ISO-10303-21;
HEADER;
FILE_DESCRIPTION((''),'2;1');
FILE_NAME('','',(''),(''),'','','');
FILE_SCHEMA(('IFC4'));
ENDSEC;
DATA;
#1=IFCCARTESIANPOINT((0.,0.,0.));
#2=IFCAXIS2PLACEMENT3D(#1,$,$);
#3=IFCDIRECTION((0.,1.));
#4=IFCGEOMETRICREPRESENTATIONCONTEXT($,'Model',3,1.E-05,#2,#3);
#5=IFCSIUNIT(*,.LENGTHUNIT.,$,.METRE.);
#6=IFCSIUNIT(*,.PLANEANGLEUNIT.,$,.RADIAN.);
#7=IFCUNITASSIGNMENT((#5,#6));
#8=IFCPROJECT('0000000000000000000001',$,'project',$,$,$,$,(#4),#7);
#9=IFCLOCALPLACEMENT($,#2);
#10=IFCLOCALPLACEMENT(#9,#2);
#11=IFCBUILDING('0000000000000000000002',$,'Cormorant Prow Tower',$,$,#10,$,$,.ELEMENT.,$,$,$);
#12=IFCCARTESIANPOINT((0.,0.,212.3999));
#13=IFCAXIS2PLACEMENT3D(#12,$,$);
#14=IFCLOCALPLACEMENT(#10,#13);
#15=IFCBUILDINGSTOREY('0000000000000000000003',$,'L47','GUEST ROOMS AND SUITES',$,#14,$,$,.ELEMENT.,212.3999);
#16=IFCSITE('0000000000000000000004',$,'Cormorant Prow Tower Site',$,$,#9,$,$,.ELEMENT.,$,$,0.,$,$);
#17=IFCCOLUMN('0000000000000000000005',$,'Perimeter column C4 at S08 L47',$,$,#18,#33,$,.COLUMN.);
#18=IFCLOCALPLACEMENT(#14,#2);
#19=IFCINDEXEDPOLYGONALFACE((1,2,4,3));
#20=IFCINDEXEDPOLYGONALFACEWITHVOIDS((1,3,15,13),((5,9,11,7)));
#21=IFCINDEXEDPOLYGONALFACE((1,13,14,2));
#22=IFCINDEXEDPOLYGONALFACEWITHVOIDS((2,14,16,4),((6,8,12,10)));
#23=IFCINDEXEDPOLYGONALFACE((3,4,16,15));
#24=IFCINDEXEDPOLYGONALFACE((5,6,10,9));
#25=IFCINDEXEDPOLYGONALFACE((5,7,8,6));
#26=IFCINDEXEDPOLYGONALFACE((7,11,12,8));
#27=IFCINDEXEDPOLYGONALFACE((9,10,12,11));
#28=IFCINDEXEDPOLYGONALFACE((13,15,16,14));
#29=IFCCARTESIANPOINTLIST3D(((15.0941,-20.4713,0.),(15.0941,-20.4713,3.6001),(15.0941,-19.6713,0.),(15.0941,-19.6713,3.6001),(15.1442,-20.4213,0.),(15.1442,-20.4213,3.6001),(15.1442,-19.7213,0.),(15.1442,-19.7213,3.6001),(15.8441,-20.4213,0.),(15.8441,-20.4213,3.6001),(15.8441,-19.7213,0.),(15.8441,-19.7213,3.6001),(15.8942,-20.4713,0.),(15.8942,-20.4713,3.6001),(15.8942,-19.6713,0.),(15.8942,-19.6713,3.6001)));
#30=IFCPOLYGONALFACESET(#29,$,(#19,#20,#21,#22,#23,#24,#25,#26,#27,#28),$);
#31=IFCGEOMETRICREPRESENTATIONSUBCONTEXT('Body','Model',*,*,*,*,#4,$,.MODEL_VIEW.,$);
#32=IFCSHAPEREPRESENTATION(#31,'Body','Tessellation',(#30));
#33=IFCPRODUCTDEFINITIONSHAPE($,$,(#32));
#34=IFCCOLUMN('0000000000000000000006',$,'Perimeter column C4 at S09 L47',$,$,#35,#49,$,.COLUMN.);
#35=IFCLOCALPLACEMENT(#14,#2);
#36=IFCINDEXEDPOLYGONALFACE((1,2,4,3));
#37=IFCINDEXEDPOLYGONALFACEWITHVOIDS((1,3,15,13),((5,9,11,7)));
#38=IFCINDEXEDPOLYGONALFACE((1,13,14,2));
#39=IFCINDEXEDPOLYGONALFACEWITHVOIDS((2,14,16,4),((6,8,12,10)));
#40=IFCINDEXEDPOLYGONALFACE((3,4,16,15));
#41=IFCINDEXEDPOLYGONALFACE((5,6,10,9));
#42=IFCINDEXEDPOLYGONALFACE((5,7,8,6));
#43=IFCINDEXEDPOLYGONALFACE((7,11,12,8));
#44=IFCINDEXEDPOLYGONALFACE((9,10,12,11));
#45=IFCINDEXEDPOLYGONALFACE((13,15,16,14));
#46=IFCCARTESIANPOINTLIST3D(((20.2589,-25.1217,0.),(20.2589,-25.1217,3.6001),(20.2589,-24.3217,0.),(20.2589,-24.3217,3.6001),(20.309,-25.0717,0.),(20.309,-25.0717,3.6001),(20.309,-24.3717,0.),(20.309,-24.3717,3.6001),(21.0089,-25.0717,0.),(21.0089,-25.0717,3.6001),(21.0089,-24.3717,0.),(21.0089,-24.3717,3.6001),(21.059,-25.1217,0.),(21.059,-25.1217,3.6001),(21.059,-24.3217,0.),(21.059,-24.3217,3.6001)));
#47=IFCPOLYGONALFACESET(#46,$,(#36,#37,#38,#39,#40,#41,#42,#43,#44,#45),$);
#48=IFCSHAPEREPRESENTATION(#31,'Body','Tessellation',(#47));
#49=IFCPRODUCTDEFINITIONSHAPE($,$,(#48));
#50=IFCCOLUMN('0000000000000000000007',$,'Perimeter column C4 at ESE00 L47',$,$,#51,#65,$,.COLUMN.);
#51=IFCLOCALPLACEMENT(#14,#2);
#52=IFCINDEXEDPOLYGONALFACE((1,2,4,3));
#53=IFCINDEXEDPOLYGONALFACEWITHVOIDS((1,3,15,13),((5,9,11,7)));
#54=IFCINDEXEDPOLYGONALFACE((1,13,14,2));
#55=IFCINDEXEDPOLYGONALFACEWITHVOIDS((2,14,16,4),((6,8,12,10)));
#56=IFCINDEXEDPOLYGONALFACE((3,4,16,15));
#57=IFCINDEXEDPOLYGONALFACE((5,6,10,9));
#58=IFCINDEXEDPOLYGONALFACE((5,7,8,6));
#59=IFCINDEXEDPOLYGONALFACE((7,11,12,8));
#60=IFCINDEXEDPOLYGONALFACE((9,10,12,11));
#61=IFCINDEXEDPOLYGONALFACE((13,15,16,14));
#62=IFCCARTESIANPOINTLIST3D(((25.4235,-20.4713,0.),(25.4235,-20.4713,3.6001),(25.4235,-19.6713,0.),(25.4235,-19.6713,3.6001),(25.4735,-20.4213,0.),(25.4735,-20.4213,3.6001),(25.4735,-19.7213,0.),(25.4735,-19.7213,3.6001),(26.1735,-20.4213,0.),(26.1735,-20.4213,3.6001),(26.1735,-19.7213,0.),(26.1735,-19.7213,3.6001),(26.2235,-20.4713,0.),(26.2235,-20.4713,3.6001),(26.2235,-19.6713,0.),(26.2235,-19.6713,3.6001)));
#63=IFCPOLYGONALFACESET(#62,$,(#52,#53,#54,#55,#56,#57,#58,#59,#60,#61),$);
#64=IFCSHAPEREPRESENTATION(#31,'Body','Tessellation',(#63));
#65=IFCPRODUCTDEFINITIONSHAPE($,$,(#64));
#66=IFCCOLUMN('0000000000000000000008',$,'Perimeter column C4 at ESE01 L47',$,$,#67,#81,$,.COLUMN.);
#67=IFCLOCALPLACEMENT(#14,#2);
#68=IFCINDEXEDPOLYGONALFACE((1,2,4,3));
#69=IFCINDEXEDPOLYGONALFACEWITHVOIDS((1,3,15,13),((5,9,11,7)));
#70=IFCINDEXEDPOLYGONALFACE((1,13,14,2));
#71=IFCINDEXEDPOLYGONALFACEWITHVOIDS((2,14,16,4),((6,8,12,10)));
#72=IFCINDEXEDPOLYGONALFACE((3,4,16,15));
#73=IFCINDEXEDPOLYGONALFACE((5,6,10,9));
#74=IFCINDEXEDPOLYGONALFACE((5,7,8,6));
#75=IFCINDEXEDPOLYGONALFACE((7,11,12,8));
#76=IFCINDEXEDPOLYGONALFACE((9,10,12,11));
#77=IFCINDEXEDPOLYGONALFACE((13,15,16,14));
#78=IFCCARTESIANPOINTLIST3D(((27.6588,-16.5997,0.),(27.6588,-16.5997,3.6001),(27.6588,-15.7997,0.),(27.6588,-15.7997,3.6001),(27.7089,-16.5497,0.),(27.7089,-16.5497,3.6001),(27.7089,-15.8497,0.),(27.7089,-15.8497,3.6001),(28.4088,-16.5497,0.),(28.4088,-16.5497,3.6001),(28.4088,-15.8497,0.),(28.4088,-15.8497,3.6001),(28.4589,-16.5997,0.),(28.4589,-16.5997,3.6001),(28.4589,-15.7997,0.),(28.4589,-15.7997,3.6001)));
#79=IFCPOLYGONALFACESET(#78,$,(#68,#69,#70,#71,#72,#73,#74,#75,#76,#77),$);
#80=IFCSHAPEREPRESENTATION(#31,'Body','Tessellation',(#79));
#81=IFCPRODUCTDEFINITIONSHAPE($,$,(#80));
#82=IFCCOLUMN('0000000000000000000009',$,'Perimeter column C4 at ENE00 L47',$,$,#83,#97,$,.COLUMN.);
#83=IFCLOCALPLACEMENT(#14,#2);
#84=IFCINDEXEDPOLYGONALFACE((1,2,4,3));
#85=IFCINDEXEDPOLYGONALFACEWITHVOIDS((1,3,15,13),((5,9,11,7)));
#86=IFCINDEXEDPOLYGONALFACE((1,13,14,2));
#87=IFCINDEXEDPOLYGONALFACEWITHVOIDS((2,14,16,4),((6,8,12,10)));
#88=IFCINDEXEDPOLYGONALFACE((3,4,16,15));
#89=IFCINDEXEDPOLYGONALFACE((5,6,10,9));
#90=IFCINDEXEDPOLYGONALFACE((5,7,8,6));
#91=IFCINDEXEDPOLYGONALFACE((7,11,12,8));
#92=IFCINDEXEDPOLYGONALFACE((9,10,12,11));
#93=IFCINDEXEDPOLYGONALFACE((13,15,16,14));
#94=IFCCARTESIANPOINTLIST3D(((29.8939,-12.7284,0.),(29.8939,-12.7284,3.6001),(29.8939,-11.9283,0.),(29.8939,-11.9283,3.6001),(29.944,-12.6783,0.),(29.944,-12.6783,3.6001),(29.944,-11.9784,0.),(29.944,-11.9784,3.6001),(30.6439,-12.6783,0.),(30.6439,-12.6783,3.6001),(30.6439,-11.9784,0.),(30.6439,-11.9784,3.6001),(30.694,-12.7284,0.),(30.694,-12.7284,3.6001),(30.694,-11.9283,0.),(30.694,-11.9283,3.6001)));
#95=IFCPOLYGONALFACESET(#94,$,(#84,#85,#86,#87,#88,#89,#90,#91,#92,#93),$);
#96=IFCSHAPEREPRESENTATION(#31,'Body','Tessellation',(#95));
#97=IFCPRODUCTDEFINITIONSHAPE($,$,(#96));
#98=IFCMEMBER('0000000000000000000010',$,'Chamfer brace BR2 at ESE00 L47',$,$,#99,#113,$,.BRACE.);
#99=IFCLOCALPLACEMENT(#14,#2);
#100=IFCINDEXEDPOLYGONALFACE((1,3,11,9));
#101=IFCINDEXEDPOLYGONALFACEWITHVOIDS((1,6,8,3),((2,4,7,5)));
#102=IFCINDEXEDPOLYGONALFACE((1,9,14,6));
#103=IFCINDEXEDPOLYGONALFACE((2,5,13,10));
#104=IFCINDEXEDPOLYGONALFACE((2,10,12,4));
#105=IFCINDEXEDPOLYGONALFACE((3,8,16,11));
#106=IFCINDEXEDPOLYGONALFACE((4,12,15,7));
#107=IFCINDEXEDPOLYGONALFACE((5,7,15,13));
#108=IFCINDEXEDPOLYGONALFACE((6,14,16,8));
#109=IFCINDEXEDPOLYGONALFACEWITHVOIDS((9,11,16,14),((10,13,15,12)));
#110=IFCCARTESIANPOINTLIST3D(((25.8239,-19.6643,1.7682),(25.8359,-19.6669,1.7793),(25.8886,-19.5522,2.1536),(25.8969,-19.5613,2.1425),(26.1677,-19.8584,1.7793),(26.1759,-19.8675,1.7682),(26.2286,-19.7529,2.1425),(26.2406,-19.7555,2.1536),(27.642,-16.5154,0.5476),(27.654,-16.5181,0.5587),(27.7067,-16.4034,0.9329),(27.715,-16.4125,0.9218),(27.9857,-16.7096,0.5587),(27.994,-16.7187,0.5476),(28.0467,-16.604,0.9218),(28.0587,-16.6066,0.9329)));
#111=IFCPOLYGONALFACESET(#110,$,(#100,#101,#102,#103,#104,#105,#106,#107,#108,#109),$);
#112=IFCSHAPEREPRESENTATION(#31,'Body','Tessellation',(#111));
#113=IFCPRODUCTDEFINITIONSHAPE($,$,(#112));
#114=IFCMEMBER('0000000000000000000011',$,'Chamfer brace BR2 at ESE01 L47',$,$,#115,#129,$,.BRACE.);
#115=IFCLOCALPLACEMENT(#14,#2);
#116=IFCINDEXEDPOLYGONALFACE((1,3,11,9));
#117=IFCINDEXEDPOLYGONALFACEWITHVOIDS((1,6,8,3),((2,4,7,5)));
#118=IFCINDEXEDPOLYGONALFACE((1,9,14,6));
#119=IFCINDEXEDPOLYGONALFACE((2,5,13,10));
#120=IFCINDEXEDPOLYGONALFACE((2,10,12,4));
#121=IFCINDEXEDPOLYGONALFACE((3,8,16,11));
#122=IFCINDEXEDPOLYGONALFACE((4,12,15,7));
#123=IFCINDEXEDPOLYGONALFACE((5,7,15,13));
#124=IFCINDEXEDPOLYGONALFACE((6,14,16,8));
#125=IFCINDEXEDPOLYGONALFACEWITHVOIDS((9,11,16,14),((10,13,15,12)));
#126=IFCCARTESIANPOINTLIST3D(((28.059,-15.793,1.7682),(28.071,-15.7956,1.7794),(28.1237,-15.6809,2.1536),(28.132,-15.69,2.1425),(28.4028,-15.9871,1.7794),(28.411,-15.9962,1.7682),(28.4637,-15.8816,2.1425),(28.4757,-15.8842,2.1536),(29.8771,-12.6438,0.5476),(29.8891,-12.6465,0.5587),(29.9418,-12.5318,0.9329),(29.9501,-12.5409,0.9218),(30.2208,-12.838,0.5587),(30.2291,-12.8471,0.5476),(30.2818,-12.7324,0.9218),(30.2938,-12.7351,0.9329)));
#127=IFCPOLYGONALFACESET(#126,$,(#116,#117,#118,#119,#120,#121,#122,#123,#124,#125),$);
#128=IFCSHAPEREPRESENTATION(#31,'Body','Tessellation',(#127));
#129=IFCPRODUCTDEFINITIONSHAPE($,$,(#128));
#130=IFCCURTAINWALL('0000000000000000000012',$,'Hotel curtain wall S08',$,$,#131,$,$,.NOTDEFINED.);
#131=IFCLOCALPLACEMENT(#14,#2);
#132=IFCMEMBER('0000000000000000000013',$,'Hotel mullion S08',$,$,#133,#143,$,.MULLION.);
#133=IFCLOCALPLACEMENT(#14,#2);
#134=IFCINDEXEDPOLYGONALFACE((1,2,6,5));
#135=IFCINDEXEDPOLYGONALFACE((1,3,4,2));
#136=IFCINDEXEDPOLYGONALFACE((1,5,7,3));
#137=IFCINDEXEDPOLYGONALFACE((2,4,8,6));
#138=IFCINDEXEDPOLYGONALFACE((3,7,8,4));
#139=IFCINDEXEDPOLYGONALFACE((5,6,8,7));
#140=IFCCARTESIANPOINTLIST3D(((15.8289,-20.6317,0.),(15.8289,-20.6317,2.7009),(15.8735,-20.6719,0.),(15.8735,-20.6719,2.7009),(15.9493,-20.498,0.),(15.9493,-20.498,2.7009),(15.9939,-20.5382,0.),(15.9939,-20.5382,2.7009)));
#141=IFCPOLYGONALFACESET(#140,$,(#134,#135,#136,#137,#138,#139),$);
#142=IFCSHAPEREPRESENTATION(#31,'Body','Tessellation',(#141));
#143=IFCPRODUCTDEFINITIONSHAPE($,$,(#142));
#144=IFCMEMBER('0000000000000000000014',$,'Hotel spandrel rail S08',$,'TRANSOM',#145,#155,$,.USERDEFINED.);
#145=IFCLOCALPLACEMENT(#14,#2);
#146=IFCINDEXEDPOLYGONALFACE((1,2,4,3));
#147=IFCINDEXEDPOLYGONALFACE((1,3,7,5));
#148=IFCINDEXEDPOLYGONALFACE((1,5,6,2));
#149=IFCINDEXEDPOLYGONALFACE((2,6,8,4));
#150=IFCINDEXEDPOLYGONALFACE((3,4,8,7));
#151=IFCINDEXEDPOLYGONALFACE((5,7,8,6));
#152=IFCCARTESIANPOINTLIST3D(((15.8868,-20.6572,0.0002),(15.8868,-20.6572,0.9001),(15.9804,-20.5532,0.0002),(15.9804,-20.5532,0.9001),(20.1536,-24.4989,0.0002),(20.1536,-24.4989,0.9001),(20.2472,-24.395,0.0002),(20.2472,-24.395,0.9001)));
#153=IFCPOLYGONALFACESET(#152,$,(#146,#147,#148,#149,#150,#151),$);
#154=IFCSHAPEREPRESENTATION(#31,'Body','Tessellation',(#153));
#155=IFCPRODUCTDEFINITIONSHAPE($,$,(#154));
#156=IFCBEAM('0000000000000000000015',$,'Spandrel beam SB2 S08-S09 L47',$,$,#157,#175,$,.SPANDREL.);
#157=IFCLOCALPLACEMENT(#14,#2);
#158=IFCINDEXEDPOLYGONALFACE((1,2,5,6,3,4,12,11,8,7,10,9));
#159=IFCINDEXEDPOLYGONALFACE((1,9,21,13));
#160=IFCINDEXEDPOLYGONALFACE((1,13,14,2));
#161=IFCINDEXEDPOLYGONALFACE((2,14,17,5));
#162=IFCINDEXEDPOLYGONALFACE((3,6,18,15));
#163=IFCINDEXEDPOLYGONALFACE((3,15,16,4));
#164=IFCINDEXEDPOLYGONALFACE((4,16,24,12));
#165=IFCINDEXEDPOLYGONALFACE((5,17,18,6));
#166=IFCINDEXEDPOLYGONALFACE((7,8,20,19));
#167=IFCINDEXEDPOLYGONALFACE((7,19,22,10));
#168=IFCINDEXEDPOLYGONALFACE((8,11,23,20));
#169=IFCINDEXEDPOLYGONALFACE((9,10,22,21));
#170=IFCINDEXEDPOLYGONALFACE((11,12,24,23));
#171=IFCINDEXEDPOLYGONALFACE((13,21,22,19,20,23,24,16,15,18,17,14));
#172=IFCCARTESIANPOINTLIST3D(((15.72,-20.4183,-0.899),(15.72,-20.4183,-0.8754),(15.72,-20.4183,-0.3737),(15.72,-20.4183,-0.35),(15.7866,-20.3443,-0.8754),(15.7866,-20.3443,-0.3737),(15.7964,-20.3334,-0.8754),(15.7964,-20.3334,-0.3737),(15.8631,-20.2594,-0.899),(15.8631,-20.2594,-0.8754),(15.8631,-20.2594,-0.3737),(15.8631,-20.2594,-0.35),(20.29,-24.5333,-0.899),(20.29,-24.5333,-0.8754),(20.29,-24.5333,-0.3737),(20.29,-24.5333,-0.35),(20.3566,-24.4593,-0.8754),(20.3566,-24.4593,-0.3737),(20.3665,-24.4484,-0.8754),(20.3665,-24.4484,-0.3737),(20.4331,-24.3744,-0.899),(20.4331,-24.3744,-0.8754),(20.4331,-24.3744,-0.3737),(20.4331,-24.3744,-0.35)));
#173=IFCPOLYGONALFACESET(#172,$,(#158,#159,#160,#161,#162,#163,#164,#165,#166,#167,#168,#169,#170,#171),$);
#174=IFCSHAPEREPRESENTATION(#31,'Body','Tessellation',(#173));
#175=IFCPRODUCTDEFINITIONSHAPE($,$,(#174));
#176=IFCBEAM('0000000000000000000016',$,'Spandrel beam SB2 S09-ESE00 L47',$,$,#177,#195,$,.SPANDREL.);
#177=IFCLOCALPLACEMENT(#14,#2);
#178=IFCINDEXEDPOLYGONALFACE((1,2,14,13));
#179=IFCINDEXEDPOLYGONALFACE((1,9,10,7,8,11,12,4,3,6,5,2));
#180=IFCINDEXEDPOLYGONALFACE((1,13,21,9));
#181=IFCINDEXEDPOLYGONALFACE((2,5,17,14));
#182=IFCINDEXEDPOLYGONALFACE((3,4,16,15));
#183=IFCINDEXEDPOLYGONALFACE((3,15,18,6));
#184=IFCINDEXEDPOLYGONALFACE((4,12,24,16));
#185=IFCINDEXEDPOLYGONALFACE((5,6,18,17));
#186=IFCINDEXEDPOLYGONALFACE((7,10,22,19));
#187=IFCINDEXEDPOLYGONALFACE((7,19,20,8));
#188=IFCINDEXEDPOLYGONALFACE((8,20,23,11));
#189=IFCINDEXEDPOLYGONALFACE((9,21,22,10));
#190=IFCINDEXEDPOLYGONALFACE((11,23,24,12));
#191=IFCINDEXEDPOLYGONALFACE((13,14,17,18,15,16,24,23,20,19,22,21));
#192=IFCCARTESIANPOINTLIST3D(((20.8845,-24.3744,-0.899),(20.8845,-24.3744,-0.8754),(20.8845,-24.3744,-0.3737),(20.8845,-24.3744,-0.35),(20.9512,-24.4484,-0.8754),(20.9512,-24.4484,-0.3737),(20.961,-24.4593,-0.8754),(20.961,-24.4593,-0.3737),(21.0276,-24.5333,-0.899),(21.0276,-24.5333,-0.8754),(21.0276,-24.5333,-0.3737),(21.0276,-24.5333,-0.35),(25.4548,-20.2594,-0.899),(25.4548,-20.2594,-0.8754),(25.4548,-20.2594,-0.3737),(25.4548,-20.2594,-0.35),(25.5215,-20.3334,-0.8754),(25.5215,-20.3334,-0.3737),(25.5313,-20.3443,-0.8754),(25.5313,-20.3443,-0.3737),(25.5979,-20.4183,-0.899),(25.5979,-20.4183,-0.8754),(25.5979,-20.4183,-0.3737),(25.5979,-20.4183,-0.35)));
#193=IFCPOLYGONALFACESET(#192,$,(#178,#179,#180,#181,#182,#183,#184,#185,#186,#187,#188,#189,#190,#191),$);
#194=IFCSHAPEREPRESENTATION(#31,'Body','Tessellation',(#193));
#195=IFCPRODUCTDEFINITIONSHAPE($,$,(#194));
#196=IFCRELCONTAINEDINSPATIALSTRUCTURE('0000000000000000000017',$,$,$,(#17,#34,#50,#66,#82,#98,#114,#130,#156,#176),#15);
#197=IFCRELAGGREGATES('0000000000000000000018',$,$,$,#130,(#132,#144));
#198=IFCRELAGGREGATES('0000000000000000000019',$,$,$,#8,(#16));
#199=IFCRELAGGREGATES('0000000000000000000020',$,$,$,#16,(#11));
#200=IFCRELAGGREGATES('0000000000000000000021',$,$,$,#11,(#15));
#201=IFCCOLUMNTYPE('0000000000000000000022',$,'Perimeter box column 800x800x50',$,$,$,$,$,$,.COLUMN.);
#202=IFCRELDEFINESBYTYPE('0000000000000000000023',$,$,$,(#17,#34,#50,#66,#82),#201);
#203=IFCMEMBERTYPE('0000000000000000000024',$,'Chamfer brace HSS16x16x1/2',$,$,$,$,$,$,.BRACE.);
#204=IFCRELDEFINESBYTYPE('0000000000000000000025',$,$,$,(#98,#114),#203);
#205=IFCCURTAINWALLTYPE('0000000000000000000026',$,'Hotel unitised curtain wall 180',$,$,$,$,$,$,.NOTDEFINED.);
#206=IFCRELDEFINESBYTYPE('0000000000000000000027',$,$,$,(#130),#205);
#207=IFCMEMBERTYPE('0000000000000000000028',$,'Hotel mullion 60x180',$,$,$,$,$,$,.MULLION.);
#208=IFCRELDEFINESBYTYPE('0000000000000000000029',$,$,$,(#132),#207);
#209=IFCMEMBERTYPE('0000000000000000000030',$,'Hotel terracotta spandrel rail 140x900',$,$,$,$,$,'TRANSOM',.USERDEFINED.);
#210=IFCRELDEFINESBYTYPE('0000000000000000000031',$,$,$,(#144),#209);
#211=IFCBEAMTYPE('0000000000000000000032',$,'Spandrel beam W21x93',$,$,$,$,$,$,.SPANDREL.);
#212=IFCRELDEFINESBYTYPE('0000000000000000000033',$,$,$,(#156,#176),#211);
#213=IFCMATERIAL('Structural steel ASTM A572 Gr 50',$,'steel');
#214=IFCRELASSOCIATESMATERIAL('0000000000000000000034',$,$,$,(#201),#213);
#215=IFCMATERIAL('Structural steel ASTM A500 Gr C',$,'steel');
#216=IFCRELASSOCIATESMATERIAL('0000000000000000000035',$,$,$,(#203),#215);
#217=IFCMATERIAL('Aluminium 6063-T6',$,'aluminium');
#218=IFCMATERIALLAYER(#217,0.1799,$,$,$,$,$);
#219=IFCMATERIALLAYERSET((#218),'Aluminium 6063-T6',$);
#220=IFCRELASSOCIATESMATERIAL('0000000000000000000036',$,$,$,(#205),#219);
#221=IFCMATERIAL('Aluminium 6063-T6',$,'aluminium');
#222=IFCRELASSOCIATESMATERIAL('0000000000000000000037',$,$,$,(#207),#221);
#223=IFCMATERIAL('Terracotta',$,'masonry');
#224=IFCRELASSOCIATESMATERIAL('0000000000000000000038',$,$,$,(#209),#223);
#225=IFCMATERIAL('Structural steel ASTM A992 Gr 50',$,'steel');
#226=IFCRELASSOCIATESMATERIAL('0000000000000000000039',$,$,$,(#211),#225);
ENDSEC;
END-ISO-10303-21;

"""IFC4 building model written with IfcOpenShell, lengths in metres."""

from ifc_helpers import new_model, si_unit, direction, frame, origin, origin_2d, place, context, subcontext, project, spatial, rectangle, hollow_rectangle, i_section, extrude, material, layer, layer_set, material_profile, profile_set, type_object, element, aggregate, save


model = new_model("IFC4")

# Units and contexts
model_context = context("Model", 3, precision=1e-05, world=origin(), true_north=direction((0.0, 1.0)))
body_context = subcontext(model_context, "Body", "Model", "MODEL_VIEW")
ifc_project = project(units=[si_unit("LENGTHUNIT", "METRE"), si_unit("PLANEANGLEUNIT", "RADIAN")], contexts=[model_context])

# Site, building, storey
site_placement = place(None, origin())
site = spatial("IfcSite", under=ifc_project, at=site_placement, Name="Cormorant Prow Tower Site", CompositionType="ELEMENT", RefElevation=0.0)
building_placement = place(site_placement, origin())
building = spatial("IfcBuilding", under=site, at=building_placement, Name="Cormorant Prow Tower", CompositionType="ELEMENT")
storey_placement = place(building_placement, frame((0.0, 0.0, 212.3999)))
storey = spatial("IfcBuildingStorey", under=building, at=storey_placement, Name="L47", Description="GUEST ROOMS AND SUITES", CompositionType="ELEMENT", Elevation=212.3999)

# Columns
ifc_material_1 = material(Name="Structural steel ASTM A572 Gr 50", Category="steel")
ifc_material_profile_1 = material_profile(ifc_material_1, hollow_rectangle(XDim=0.8, YDim=0.8, WallThickness=0.05, at=origin_2d()), Name="Box 800x800x50")
ifc_profile_set_1 = profile_set([ifc_material_profile_1], Name="Structural steel ASTM A572 Gr 50")
column_type = type_object("IfcColumnType", Name="Perimeter box column 800x800x50", PredefinedType="COLUMN", material=ifc_profile_set_1)
for number, where, z_axis, x_axis, name in (
    (1, (15.4941, -20.0713, 0.0), (0.0, 0.0, 1.0), (1.0, 0.0, 0.0), "Perimeter column C4 at S08 L47"),
    (2, (20.6589, -24.7217, 0.0), (0.0, 0.0, 1.0), (1.0, 0.0, 0.0), "Perimeter column C4 at S09 L47"),
    (3, (25.8235, -20.0713, 0.0), (0.0, 0.0, 1.0), (1.0, 0.0, 0.0), "Perimeter column C4 at ESE00 L47"),
    (4, (28.0588, -16.1997, 0.0), (0.0, 0.0, 1.0), (1.0, 0.0, 0.0), "Perimeter column C4 at ESE01 L47"),
    (5, (30.2939, -12.3284, 0.0), (0.0, 0.0, 1.0), (1.0, 0.0, 0.0), "Perimeter column C4 at ENE00 L47"),
):
    element("IfcColumn", number, at=place(storey_placement, frame(where, z_axis=z_axis, x_axis=x_axis)), inside=storey, type_object=column_type, Name=name, PredefinedType="COLUMN", context=body_context, shape_type="SweptSolid", body=[
        extrude(hollow_rectangle(XDim=0.8, YDim=0.8, WallThickness=0.05, at=origin_2d()), origin(), (0.0, 0.0, 1.0), 3.6001),
    ])

# Members
ifc_material_2 = material(Name="Structural steel ASTM A500 Gr C", Category="steel")
ifc_material_profile_2 = material_profile(ifc_material_2, hollow_rectangle(XDim=0.4065, YDim=0.4065, WallThickness=0.0117, at=origin_2d()), Name="HSS16x16x1/2")
ifc_profile_set_2 = profile_set([ifc_material_profile_2], Name="Structural steel ASTM A500 Gr C")
member_type_1 = type_object("IfcMemberType", Name="Chamfer brace HSS16x16x1/2", PredefinedType="BRACE", material=ifc_profile_set_2)
member_1_placement = place(storey_placement, frame((27.8503, -16.561, 0.7402), z_axis=(-0.474018, -0.820986, 0.318261), x_axis=(0.866016, -0.500017, 0.0)))
element("IfcMember", 6, at=member_1_placement, inside=storey, type_object=member_type_1, Name="Chamfer brace BR2 at ESE00 L47", PredefinedType="BRACE", context=body_context, shape_type="SweptSolid", body=[
    extrude(hollow_rectangle(XDim=0.4065, YDim=0.4065, WallThickness=0.0117, at=origin_2d()), origin(), (0.0, 0.0, 1.0), 3.8354),
])
member_2_placement = place(storey_placement, frame((30.0854, -12.6895, 0.7402), z_axis=(-0.473993, -0.821006, 0.318244), x_axis=(0.866032, -0.499988, 0.0)))
element("IfcMember", 7, at=member_2_placement, inside=storey, type_object=member_type_1, Name="Chamfer brace BR2 at ESE01 L47", PredefinedType="BRACE", context=body_context, shape_type="SweptSolid", body=[
    extrude(hollow_rectangle(XDim=0.4065, YDim=0.4065, WallThickness=0.0117, at=origin_2d()), origin(), (0.0, 0.0, 1.0), 3.8357),
])

# Curtain wall, members
ifc_material_3 = material(Name="Aluminium 6063-T6", Category="aluminium")
ifc_layer_1 = layer(ifc_material_3, 0.1799)
ifc_layer_set_1 = layer_set([ifc_layer_1], Name="Aluminium 6063-T6")
curtain_wall_type = type_object("IfcCurtainWallType", Name="Hotel unitised curtain wall 180", PredefinedType="NOTDEFINED", material=ifc_layer_set_1)
curtain_wall_placement = place(storey_placement, origin())
curtain_wall = element("IfcCurtainWall", 8, at=curtain_wall_placement, inside=storey, type_object=curtain_wall_type, Name="Hotel curtain wall S08", PredefinedType="NOTDEFINED")
ifc_material_4 = material(Name="Aluminium 6063-T6", Category="aluminium")
ifc_material_profile_3 = material_profile(ifc_material_4, rectangle(XDim=0.1799, YDim=0.0601, at=origin_2d()), Name="Hotel mullion 60x180")
ifc_profile_set_3 = profile_set([ifc_material_profile_3], Name="Aluminium 6063-T6")
member_type_2 = type_object("IfcMemberType", Name="Hotel mullion 60x180", PredefinedType="MULLION", material=ifc_profile_set_3)
member_3_placement = place(storey_placement, frame((15.9114, -20.585, 0.0), z_axis=(0.0, 0.0, 1.0), x_axis=(0.669131, 0.743145, 0.0)))
member_3 = element("IfcMember", 9, at=member_3_placement, type_object=member_type_2, Name="Hotel mullion S08", PredefinedType="MULLION", context=body_context, shape_type="SweptSolid", body=[
    extrude(rectangle(XDim=0.1799, YDim=0.0601, at=origin_2d()), origin(), (0.0, 0.0, 1.0), 2.7009),
])
ifc_material_5 = material(Name="Terracotta", Category="masonry")
ifc_material_profile_4 = material_profile(ifc_material_5, rectangle(XDim=0.1399, YDim=0.8999, at=origin_2d()), Name="Hotel terracotta spandrel rail 140x900")
ifc_profile_set_4 = profile_set([ifc_material_profile_4], Name="Terracotta")
member_type_3 = type_object("IfcMemberType", Name="Hotel terracotta spandrel rail 140x900", ElementType="TRANSOM", PredefinedType="USERDEFINED", material=ifc_profile_set_4)
member_4_placement = place(storey_placement, frame((15.9336, -20.6052, 0.4502), z_axis=(0.743152, -0.669122, 0.0), x_axis=(0.669122, 0.743152, 0.0)))
member_4 = element("IfcMember", 10, at=member_4_placement, type_object=member_type_3, Name="Hotel spandrel rail S08", ObjectType="TRANSOM", PredefinedType="USERDEFINED", context=body_context, shape_type="SweptSolid", body=[
    extrude(rectangle(XDim=0.1399, YDim=0.8999, at=origin_2d()), origin(), (0.0, 0.0, 1.0), 5.7415),
])

# Beams
ifc_material_6 = material(Name="Structural steel ASTM A992 Gr 50", Category="steel")
ifc_material_profile_5 = material_profile(ifc_material_6, i_section(OverallWidth=0.2139, OverallDepth=0.5491, WebThickness=0.0146, FlangeThickness=0.0237, at=origin_2d()), Name="W21x93")
ifc_profile_set_5 = profile_set([ifc_material_profile_5], Name="Structural steel ASTM A992 Gr 50")
beam_type = type_object("IfcBeamType", Name="Spandrel beam W21x93", PredefinedType="SPANDREL", material=ifc_profile_set_5)
beam_1_placement = place(storey_placement, frame((15.7915, -20.3389, -0.6245), z_axis=(0.743138, -0.669138, 0.0), x_axis=(0.669138, 0.743138, 0.0)))
element("IfcBeam", 11, at=beam_1_placement, inside=storey, type_object=beam_type, Name="Spandrel beam SB2 S08-S09 L47", PredefinedType="SPANDREL", context=body_context, shape_type="SweptSolid", body=[
    extrude(i_section(OverallWidth=0.2139, OverallDepth=0.5491, WebThickness=0.0146, FlangeThickness=0.0237, at=origin_2d()), origin(), (0.0, 0.0, 1.0), 6.1497),
])
beam_2_placement = place(storey_placement, frame((20.9561, -24.4539, -0.6245), z_axis=(0.743156, 0.669118, 0.0), x_axis=(-0.669118, 0.743156, 0.0)))
element("IfcBeam", 12, at=beam_2_placement, inside=storey, type_object=beam_type, Name="Spandrel beam SB2 S09-ESE00 L47", PredefinedType="SPANDREL", context=body_context, shape_type="SweptSolid", body=[
    extrude(i_section(OverallWidth=0.2139, OverallDepth=0.5491, WebThickness=0.0146, FlangeThickness=0.0237, at=origin_2d()), origin(), (0.0, 0.0, 1.0), 6.1499),
])

aggregate(curtain_wall, [member_3, member_4])

save(model, "model.ifc")
